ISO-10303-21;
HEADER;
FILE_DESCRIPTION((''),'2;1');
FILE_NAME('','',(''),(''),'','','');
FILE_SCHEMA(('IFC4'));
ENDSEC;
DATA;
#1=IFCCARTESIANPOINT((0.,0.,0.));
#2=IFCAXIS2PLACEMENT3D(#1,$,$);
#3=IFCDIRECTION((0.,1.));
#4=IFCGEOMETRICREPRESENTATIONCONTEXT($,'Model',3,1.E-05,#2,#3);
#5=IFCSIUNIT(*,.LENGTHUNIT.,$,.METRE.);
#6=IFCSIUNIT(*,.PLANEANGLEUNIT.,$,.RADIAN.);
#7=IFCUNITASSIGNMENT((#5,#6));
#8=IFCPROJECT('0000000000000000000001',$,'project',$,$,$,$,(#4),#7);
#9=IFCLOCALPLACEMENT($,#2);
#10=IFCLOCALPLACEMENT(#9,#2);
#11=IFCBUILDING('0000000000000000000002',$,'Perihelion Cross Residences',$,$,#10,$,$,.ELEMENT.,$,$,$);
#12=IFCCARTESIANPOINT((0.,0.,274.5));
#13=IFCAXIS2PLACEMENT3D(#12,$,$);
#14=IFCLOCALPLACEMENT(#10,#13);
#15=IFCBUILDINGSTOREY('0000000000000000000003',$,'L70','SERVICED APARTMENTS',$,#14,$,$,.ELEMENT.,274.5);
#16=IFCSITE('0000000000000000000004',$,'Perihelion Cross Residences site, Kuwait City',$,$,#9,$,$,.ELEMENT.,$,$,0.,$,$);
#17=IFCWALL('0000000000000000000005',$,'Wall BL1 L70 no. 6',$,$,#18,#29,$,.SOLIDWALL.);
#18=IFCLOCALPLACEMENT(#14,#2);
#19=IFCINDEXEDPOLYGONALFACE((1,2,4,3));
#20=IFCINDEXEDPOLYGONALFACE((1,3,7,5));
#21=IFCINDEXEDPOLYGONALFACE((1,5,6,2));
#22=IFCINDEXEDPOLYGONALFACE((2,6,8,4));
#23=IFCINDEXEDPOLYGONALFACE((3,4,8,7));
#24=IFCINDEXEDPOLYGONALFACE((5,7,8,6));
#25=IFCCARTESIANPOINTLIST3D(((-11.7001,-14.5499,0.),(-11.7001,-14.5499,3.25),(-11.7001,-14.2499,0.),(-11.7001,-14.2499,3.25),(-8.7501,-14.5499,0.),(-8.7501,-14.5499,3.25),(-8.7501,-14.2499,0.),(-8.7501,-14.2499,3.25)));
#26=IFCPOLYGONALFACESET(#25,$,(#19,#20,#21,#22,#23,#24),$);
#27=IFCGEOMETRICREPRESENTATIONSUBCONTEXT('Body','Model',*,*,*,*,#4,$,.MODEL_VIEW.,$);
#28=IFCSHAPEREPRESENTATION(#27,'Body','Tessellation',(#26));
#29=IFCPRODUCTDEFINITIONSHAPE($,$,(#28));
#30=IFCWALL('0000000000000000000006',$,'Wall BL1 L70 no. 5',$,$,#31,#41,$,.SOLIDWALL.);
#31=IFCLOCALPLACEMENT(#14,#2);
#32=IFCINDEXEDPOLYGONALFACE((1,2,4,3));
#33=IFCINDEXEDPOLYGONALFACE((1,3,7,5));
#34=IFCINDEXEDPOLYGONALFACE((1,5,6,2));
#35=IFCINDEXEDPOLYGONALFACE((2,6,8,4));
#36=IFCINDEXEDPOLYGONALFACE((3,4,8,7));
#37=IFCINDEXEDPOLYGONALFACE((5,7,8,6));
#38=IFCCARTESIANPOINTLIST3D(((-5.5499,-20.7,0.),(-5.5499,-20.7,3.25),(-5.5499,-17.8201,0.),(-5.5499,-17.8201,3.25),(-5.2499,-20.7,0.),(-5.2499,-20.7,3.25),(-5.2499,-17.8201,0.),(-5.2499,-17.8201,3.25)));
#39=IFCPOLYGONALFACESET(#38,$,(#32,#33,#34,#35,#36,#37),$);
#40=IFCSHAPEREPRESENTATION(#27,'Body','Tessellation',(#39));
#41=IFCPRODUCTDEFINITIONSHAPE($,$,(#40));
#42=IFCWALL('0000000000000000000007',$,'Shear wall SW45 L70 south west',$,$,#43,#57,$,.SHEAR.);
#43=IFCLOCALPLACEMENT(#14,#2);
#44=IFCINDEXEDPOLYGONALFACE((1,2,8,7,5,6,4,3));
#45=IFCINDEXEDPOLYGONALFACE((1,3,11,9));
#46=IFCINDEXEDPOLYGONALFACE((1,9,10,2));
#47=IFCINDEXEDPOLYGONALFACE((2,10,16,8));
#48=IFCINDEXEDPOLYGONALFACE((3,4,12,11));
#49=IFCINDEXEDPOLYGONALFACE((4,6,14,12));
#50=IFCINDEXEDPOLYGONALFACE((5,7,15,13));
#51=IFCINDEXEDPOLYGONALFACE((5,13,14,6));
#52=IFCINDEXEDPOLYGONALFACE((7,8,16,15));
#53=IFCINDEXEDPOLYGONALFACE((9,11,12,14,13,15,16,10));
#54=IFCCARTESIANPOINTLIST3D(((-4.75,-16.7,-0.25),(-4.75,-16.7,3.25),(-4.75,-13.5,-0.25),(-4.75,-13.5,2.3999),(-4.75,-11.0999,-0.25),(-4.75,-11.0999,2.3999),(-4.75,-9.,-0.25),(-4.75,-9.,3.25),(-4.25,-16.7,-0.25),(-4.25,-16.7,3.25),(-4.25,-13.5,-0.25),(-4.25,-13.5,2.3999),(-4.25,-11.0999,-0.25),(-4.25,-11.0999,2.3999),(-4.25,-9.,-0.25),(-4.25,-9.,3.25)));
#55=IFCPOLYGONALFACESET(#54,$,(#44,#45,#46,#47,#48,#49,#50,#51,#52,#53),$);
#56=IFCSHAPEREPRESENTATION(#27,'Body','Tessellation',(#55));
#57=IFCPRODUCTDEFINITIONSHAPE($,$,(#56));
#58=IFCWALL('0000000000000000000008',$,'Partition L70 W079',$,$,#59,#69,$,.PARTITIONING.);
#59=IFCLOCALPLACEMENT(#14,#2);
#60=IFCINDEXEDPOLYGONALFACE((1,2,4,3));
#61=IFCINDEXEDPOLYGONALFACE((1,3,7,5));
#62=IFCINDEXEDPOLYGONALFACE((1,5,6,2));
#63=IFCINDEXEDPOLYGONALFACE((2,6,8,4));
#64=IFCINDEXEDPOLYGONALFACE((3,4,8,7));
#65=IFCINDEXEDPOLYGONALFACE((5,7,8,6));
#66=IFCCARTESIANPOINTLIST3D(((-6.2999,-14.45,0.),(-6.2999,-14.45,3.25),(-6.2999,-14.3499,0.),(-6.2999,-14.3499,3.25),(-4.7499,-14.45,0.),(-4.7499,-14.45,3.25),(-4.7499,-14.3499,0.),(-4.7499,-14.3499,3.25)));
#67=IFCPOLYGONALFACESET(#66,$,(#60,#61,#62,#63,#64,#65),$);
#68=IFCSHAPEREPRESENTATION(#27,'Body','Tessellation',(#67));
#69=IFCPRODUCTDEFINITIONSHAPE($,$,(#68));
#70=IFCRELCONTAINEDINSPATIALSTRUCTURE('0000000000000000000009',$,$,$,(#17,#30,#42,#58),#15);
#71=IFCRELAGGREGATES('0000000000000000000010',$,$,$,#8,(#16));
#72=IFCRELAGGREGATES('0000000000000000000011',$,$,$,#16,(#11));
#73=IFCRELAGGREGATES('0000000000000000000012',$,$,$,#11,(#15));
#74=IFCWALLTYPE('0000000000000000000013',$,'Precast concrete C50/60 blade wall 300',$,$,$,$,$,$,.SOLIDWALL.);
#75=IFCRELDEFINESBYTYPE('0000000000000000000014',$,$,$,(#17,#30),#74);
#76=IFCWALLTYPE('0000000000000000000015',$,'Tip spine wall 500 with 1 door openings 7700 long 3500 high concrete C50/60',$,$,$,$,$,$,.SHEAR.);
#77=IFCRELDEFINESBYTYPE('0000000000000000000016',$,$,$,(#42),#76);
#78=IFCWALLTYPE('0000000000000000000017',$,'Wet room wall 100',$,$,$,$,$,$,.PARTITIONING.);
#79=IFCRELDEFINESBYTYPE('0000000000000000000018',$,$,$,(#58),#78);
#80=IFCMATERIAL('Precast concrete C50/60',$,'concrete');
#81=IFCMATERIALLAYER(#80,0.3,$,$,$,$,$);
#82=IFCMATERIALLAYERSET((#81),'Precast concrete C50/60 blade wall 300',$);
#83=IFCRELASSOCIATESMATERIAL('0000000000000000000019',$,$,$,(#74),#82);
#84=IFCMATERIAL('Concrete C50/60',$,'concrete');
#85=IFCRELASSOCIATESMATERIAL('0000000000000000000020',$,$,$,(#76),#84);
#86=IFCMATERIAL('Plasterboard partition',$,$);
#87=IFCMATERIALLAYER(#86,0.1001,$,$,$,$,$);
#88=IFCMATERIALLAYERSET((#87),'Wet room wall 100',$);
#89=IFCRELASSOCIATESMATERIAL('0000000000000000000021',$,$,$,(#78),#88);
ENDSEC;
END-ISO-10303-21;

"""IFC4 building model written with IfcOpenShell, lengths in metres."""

from ifc_helpers import new_model, si_unit, direction, frame, frame_2d, origin, place, context, subcontext, project, spatial, polyline, rectangle, outline, extrude, material, layer, layer_set, material_profile, profile_set, type_object, element, save


model = new_model("IFC4")

# Units and contexts
model_context = context("Model", 3, precision=1e-05, world=origin(), true_north=direction((0.0, 1.0)))
body_context = subcontext(model_context, "Body", "Model", "MODEL_VIEW")
ifc_project = project(units=[si_unit("LENGTHUNIT", "METRE"), si_unit("PLANEANGLEUNIT", "RADIAN")], contexts=[model_context])

# Site, building, storey
site_placement = place(None, origin())
site = spatial("IfcSite", under=ifc_project, at=site_placement, Name="Perihelion Cross Residences site, Kuwait City", CompositionType="ELEMENT", RefElevation=0.0)
building_placement = place(site_placement, origin())
building = spatial("IfcBuilding", under=site, at=building_placement, Name="Perihelion Cross Residences", CompositionType="ELEMENT")
storey_placement = place(building_placement, frame((0.0, 0.0, 274.5)))
storey = spatial("IfcBuildingStorey", under=building, at=storey_placement, Name="L70", Description="SERVICED APARTMENTS", CompositionType="ELEMENT", Elevation=274.5)

# Walls
ifc_material_1 = material(Name="Precast concrete C50/60", Category="concrete")
ifc_layer_1 = layer(ifc_material_1, 0.3)
ifc_layer_set_1 = layer_set([ifc_layer_1], Name="Precast concrete C50/60 blade wall 300")
wall_type_1 = type_object("IfcWallType", Name="Precast concrete C50/60 blade wall 300", PredefinedType="SOLIDWALL", material=ifc_layer_set_1)
wall_1_placement = place(storey_placement, frame((-8.75, -14.3999, 0.0), z_axis=(0.0, 0.0, 1.0), x_axis=(-1.0, 0.0, 0.0)))
element("IfcWall", 1, at=wall_1_placement, inside=storey, type_object=wall_type_1, Name="Wall BL1 L70 no. 6", PredefinedType="SOLIDWALL", context=body_context, shape_type="SweptSolid", body=[
    extrude(rectangle(XDim=2.95, YDim=0.3, at=frame_2d((1.4751, 0.0))), origin(), (0.0, 0.0, 1.0), 3.25),
])
wall_2_placement = place(storey_placement, frame((-5.3999, -17.8201, 0.0), z_axis=(0.0, 0.0, 1.0), x_axis=(0.0, -1.0, 0.0)))
element("IfcWall", 2, at=wall_2_placement, inside=storey, type_object=wall_type_1, Name="Wall BL1 L70 no. 5", PredefinedType="SOLIDWALL", context=body_context, shape_type="SweptSolid", body=[
    extrude(rectangle(XDim=2.8799, YDim=0.3, at=frame_2d((1.4399, 0.0))), origin(), (0.0, 0.0, 1.0), 3.25),
])
ifc_material_2 = material(Name="Concrete C50/60", Category="concrete")
ifc_material_profile_1 = material_profile(ifc_material_2, outline(polyline([(0.0, 0.0), (3.2, 0.0), (3.2, 2.6499), (5.6001, 2.6499), (5.6001, 0.0), (7.7, 0.0), (7.7, 3.5), (0.0, 3.5), (0.0, 0.0)])), Name="Tip spine wall")
ifc_profile_set_1 = profile_set([ifc_material_profile_1], Name="Concrete C50/60")
wall_type_2 = type_object("IfcWallType", Name="Tip spine wall 500 with 1 door openings 7700 long 3500 high concrete C50/60", PredefinedType="SHEAR", material=ifc_profile_set_1)
wall_3_placement = place(storey_placement, frame((-4.75, -16.7, -0.25), z_axis=(1.0, 0.0, 0.0), x_axis=(0.0, 1.0, 0.0)))
element("IfcWall", 3, at=wall_3_placement, inside=storey, type_object=wall_type_2, Name="Shear wall SW45 L70 south west", PredefinedType="SHEAR", context=body_context, shape_type="SweptSolid", body=[
    extrude(outline(polyline([(0.0, 0.0), (3.2, 0.0), (3.2, 2.6499), (5.6001, 2.6499), (5.6001, 0.0), (7.7, 0.0), (7.7, 3.5), (0.0, 3.5), (0.0, 0.0)])), origin(), (0.0, 0.0, 1.0), 0.5),
])
ifc_material_3 = material(Name="Plasterboard partition")
ifc_layer_2 = layer(ifc_material_3, 0.1001)
ifc_layer_set_2 = layer_set([ifc_layer_2], Name="Wet room wall 100")
wall_type_3 = type_object("IfcWallType", Name="Wet room wall 100", PredefinedType="PARTITIONING", material=ifc_layer_set_2)
wall_4_placement = place(storey_placement, frame((-4.75, -14.3999, 0.0), z_axis=(0.0, 0.0, 1.0), x_axis=(-1.0, 0.0, 0.0)))
element("IfcWall", 4, at=wall_4_placement, inside=storey, type_object=wall_type_3, Name="Partition L70 W079", PredefinedType="PARTITIONING", context=body_context, shape_type="SweptSolid", body=[
    extrude(rectangle(XDim=1.55, YDim=0.1001, at=frame_2d((0.7749, 0.0))), origin(), (0.0, 0.0, 1.0), 3.25),
])

save(model, "model.ifc")
